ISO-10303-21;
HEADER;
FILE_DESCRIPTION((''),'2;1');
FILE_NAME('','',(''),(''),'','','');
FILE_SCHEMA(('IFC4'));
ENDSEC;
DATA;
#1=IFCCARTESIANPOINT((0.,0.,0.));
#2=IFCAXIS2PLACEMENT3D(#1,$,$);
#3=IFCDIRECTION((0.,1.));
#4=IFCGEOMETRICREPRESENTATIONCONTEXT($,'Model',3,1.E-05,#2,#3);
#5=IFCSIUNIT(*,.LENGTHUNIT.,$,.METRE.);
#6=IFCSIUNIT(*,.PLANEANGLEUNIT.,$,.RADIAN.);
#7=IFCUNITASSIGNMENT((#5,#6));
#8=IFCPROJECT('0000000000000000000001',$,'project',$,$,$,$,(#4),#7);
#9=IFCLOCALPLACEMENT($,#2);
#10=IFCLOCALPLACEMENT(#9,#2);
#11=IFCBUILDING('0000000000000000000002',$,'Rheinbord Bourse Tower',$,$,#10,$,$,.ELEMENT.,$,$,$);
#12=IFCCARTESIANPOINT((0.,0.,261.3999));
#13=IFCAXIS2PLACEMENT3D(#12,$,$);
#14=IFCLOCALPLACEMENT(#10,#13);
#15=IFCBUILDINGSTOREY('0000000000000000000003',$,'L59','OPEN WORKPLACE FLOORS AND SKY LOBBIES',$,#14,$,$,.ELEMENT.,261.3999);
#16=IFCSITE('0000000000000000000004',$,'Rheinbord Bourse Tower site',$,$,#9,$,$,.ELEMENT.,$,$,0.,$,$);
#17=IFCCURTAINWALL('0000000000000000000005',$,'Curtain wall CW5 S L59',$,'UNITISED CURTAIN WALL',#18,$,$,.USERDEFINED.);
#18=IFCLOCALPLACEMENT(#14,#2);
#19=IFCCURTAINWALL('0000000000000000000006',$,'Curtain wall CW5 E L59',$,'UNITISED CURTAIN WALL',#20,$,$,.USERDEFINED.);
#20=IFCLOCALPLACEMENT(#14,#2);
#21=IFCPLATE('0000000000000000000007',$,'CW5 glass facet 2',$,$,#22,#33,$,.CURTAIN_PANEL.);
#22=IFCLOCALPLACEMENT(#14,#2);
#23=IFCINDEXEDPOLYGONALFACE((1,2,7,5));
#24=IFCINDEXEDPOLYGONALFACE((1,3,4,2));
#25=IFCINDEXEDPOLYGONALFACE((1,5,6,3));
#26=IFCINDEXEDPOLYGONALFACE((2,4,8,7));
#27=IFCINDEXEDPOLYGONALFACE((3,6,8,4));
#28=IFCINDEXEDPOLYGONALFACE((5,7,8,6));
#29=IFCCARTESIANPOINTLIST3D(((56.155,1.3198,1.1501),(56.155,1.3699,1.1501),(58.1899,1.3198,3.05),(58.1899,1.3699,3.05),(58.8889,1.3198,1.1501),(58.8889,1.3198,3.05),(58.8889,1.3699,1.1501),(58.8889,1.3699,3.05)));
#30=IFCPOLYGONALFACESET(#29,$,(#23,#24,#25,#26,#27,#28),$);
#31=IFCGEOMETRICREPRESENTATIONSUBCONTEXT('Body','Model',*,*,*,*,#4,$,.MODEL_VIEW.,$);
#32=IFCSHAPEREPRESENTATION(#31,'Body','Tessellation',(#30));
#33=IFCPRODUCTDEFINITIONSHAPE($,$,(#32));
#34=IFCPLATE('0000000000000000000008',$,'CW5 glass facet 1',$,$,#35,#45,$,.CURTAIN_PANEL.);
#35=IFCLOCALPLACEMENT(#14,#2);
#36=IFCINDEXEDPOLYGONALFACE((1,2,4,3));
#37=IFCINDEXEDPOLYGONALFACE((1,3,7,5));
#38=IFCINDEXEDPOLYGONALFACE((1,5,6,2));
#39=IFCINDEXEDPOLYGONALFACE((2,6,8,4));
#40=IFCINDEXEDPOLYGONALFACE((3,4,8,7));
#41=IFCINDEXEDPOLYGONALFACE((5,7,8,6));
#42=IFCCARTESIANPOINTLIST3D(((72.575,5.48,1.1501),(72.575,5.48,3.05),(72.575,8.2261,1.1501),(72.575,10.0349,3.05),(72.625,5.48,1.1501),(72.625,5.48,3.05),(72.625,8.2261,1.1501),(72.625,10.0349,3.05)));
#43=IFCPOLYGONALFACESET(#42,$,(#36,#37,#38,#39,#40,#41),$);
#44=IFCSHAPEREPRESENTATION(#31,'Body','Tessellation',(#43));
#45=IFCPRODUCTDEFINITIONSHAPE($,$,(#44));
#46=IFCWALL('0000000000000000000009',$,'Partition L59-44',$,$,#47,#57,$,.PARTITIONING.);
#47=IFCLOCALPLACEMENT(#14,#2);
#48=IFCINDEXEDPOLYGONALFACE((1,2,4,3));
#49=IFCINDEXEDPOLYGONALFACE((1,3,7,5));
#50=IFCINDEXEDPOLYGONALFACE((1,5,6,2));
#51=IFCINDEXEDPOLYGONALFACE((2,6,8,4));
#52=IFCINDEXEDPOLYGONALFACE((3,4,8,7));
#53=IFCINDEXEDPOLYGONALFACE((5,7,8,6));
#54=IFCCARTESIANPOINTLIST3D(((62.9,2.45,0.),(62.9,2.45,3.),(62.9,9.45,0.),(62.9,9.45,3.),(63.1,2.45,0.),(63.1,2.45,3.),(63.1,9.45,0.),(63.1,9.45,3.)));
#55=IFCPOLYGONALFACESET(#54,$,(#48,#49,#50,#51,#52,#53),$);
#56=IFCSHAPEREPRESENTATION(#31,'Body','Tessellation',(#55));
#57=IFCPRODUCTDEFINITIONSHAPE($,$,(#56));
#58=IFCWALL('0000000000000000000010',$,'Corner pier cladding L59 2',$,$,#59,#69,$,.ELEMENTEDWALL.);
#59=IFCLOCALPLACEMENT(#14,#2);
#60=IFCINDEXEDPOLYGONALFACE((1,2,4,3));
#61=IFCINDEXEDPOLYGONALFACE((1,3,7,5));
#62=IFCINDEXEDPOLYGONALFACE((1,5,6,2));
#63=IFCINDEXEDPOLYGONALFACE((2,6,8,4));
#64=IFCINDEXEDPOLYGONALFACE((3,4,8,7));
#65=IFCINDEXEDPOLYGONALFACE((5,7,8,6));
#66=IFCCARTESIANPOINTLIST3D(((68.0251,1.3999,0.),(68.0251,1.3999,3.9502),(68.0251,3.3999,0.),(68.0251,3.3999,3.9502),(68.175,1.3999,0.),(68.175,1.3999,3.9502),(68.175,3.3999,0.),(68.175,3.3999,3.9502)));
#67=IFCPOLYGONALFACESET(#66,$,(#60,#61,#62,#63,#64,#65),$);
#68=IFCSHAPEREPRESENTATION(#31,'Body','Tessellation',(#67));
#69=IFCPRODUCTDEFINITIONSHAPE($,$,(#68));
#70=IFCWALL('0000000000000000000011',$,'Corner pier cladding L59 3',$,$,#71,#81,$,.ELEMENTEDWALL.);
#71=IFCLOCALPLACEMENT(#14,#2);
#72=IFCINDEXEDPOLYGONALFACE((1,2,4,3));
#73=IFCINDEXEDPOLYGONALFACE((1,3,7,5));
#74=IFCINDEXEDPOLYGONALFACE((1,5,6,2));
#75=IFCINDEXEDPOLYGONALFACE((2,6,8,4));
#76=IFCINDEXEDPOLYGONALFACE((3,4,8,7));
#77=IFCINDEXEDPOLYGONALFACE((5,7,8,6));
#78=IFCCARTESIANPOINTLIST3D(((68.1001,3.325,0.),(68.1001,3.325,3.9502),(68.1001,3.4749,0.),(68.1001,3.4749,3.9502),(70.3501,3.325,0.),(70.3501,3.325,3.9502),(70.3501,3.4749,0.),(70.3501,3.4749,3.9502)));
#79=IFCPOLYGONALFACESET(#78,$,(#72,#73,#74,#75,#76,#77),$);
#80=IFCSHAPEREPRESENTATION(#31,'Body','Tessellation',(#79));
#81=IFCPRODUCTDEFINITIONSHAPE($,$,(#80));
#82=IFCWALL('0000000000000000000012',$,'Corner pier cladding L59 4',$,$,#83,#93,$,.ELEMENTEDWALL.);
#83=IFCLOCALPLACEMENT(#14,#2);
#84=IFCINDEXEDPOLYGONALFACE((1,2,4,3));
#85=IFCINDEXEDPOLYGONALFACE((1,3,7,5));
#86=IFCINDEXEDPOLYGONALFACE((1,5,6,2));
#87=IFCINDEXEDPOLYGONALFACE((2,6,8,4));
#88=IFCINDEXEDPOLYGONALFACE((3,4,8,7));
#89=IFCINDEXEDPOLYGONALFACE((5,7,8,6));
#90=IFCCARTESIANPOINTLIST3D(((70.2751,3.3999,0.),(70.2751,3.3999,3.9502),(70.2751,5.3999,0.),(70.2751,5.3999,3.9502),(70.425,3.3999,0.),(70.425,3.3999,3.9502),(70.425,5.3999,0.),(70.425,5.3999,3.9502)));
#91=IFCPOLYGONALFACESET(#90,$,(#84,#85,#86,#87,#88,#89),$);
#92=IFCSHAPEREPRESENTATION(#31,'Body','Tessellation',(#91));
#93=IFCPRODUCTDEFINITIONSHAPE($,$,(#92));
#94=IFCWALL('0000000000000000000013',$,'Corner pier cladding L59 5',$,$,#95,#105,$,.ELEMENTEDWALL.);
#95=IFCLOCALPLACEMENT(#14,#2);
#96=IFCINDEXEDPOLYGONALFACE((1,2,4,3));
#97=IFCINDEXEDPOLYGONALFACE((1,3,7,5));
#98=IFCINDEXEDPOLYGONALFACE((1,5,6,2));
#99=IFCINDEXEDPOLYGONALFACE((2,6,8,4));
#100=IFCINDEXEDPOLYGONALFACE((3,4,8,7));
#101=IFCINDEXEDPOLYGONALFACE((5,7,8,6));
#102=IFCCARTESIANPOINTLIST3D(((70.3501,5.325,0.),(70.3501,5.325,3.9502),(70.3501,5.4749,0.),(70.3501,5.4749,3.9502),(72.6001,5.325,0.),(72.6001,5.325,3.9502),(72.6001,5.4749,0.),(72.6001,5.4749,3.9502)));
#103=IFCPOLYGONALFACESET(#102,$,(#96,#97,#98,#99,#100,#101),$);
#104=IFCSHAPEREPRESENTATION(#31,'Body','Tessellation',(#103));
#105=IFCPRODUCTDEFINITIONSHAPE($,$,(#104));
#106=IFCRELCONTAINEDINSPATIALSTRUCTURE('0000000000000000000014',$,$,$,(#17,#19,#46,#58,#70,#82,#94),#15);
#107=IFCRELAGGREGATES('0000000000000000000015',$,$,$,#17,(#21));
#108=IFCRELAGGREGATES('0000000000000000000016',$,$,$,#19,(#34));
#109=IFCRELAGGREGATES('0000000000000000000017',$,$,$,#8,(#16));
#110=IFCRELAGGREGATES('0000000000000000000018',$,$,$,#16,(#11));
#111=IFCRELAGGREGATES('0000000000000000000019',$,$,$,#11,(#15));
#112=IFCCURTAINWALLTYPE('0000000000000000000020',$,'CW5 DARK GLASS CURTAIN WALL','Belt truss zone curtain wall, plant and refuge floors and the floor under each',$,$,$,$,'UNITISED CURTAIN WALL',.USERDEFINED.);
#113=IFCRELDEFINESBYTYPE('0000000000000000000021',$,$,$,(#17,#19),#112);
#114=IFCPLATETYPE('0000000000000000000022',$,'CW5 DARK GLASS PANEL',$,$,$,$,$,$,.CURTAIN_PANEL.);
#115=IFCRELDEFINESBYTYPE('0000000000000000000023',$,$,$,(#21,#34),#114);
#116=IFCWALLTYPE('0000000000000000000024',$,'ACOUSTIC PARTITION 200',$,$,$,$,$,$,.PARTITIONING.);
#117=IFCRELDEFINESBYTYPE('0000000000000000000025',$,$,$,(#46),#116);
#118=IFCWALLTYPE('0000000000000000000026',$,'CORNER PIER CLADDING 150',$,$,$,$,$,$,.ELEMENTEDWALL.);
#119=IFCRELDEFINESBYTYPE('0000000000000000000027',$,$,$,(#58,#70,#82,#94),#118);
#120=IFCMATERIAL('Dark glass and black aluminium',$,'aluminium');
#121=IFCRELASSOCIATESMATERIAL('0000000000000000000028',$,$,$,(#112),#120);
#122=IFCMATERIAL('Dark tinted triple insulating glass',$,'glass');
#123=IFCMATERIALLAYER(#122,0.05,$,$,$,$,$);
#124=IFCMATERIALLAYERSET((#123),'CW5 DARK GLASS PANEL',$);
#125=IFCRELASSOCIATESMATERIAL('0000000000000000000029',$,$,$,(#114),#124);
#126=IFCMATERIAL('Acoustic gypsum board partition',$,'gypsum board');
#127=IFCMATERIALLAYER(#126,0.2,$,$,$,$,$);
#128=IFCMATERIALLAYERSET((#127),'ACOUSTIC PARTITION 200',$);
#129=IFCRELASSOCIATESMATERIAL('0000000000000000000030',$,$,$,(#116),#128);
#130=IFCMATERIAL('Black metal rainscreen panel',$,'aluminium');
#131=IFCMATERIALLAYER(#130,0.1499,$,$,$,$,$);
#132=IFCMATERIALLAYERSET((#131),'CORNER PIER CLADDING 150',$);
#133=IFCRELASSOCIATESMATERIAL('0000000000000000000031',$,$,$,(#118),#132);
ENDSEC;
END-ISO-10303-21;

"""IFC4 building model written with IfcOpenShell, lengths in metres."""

from ifc_helpers import new_model, si_unit, direction, frame, frame_2d, origin, place, context, subcontext, project, spatial, polyline, rectangle, outline, extrude, material, layer, layer_set, type_object, element, aggregate, save


model = new_model("IFC4")

# Units and contexts
model_context = context("Model", 3, precision=1e-05, world=origin(), true_north=direction((0.0, 1.0)))
body_context = subcontext(model_context, "Body", "Model", "MODEL_VIEW")
ifc_project = project(units=[si_unit("LENGTHUNIT", "METRE"), si_unit("PLANEANGLEUNIT", "RADIAN")], contexts=[model_context])

# Site, building, storey
site_placement = place(None, origin())
site = spatial("IfcSite", under=ifc_project, at=site_placement, Name="Rheinbord Bourse Tower site", CompositionType="ELEMENT", RefElevation=0.0)
building_placement = place(site_placement, origin())
building = spatial("IfcBuilding", under=site, at=building_placement, Name="Rheinbord Bourse Tower", CompositionType="ELEMENT")
storey_placement = place(building_placement, frame((0.0, 0.0, 261.3999)))
storey = spatial("IfcBuildingStorey", under=building, at=storey_placement, Name="L59", Description="OPEN WORKPLACE FLOORS AND SKY LOBBIES", CompositionType="ELEMENT", Elevation=261.3999)

# Curtain wall
ifc_material_1 = material(Name="Dark glass and black aluminium", Category="aluminium")
curtain_wall_type = type_object("IfcCurtainWallType", Name="CW5 DARK GLASS CURTAIN WALL", Description="Belt truss zone curtain wall, plant and refuge floors and the floor under each", ElementType="UNITISED CURTAIN WALL", PredefinedType="USERDEFINED", material=ifc_material_1)
curtain_wall_1_placement = place(storey_placement, origin())
curtain_wall_1 = element("IfcCurtainWall", 1, at=curtain_wall_1_placement, inside=storey, type_object=curtain_wall_type, Name="Curtain wall CW5 S L59", ObjectType="UNITISED CURTAIN WALL", PredefinedType="USERDEFINED")

# Curtain wall
curtain_wall_2_placement = place(storey_placement, origin())
curtain_wall_2 = element("IfcCurtainWall", 2, at=curtain_wall_2_placement, inside=storey, type_object=curtain_wall_type, Name="Curtain wall CW5 E L59", ObjectType="UNITISED CURTAIN WALL", PredefinedType="USERDEFINED")

# Plates
ifc_material_2 = material(Name="Dark tinted triple insulating glass", Category="glass")
ifc_layer_1 = layer(ifc_material_2, 0.05)
ifc_layer_set_1 = layer_set([ifc_layer_1], Name="CW5 DARK GLASS PANEL")
plate_type = type_object("IfcPlateType", Name="CW5 DARK GLASS PANEL", PredefinedType="CURTAIN_PANEL", material=ifc_layer_set_1)
plate_1_placement = place(storey_placement, frame((58.8889, 1.3198, 3.05), z_axis=(0.0, 1.0, 0.0), x_axis=(0.0, 0.0, -1.0)))
plate_1 = element("IfcPlate", 3, at=plate_1_placement, type_object=plate_type, Name="CW5 glass facet 2", PredefinedType="CURTAIN_PANEL", context=body_context, shape_type="SweptSolid", body=[
    extrude(outline(polyline([(0.0, 0.0), (1.8999, 0.0), (1.8999, 2.7339), (0.0, 0.699), (0.0, 0.0)])), origin(), (0.0, 0.0, 1.0), 0.05),
])
aggregate(curtain_wall_1, [plate_1])
plate_2_placement = place(storey_placement, frame((72.625, 5.48, 1.1501), z_axis=(-1.0, 0.0, 0.0), x_axis=(0.0, 0.0, 1.0)))
plate_2 = element("IfcPlate", 4, at=plate_2_placement, type_object=plate_type, Name="CW5 glass facet 1", PredefinedType="CURTAIN_PANEL", context=body_context, shape_type="SweptSolid", body=[
    extrude(outline(polyline([(0.0, 0.0), (1.8999, 0.0), (1.8999, 4.5549), (0.0, 2.7461), (0.0, 0.0)])), origin(), (0.0, 0.0, 1.0), 0.05),
])
aggregate(curtain_wall_2, [plate_2])

# Walls
ifc_material_3 = material(Name="Acoustic gypsum board partition", Category="gypsum board")
ifc_layer_2 = layer(ifc_material_3, 0.2)
ifc_layer_set_2 = layer_set([ifc_layer_2], Name="ACOUSTIC PARTITION 200")
wall_type_1 = type_object("IfcWallType", Name="ACOUSTIC PARTITION 200", PredefinedType="PARTITIONING", material=ifc_layer_set_2)
wall_1_placement = place(storey_placement, frame((63.0, 2.45, 0.0), z_axis=(0.0, 0.0, 1.0), x_axis=(0.0, 1.0, 0.0)))
element("IfcWall", 5, at=wall_1_placement, inside=storey, type_object=wall_type_1, Name="Partition L59-44", PredefinedType="PARTITIONING", context=body_context, shape_type="SweptSolid", body=[
    extrude(rectangle(XDim=7.0, YDim=0.2, at=frame_2d((3.5, 0.0))), origin(), (0.0, 0.0, 1.0), 3.0),
])
ifc_material_4 = material(Name="Black metal rainscreen panel", Category="aluminium")
ifc_layer_3 = layer(ifc_material_4, 0.1499)
ifc_layer_set_3 = layer_set([ifc_layer_3], Name="CORNER PIER CLADDING 150")
wall_type_2 = type_object("IfcWallType", Name="CORNER PIER CLADDING 150", PredefinedType="ELEMENTEDWALL", material=ifc_layer_set_3)
wall_2_placement = place(storey_placement, frame((68.1001, 1.3999, 0.0), z_axis=(0.0, 0.0, 1.0), x_axis=(0.0, 1.0, 0.0)))
element("IfcWall", 6, at=wall_2_placement, inside=storey, type_object=wall_type_2, Name="Corner pier cladding L59 2", PredefinedType="ELEMENTEDWALL", context=body_context, shape_type="SweptSolid", body=[
    extrude(rectangle(XDim=2.0, YDim=0.1499, at=frame_2d((1.0, 0.0))), origin(), (0.0, 0.0, 1.0), 3.9502),
])
wall_3_placement = place(storey_placement, frame((68.1001, 3.3999, 0.0), z_axis=(0.0, 0.0, 1.0), x_axis=(1.0, 0.0, 0.0)))
element("IfcWall", 7, at=wall_3_placement, inside=storey, type_object=wall_type_2, Name="Corner pier cladding L59 3", PredefinedType="ELEMENTEDWALL", context=body_context, shape_type="SweptSolid", body=[
    extrude(rectangle(XDim=2.25, YDim=0.1499, at=frame_2d((1.125, 0.0))), origin(), (0.0, 0.0, 1.0), 3.9502),
])
wall_4_placement = place(storey_placement, frame((70.3501, 3.3999, 0.0), z_axis=(0.0, 0.0, 1.0), x_axis=(0.0, 1.0, 0.0)))
element("IfcWall", 8, at=wall_4_placement, inside=storey, type_object=wall_type_2, Name="Corner pier cladding L59 4", PredefinedType="ELEMENTEDWALL", context=body_context, shape_type="SweptSolid", body=[
    extrude(rectangle(XDim=2.0, YDim=0.1499, at=frame_2d((1.0, 0.0))), origin(), (0.0, 0.0, 1.0), 3.9502),
])
wall_5_placement = place(storey_placement, frame((70.3501, 5.3999, 0.0), z_axis=(0.0, 0.0, 1.0), x_axis=(1.0, 0.0, 0.0)))
element("IfcWall", 9, at=wall_5_placement, inside=storey, type_object=wall_type_2, Name="Corner pier cladding L59 5", PredefinedType="ELEMENTEDWALL", context=body_context, shape_type="SweptSolid", body=[
    extrude(rectangle(XDim=2.25, YDim=0.1499, at=frame_2d((1.125, 0.0))), origin(), (0.0, 0.0, 1.0), 3.9502),
])

save(model, "model.ifc")
